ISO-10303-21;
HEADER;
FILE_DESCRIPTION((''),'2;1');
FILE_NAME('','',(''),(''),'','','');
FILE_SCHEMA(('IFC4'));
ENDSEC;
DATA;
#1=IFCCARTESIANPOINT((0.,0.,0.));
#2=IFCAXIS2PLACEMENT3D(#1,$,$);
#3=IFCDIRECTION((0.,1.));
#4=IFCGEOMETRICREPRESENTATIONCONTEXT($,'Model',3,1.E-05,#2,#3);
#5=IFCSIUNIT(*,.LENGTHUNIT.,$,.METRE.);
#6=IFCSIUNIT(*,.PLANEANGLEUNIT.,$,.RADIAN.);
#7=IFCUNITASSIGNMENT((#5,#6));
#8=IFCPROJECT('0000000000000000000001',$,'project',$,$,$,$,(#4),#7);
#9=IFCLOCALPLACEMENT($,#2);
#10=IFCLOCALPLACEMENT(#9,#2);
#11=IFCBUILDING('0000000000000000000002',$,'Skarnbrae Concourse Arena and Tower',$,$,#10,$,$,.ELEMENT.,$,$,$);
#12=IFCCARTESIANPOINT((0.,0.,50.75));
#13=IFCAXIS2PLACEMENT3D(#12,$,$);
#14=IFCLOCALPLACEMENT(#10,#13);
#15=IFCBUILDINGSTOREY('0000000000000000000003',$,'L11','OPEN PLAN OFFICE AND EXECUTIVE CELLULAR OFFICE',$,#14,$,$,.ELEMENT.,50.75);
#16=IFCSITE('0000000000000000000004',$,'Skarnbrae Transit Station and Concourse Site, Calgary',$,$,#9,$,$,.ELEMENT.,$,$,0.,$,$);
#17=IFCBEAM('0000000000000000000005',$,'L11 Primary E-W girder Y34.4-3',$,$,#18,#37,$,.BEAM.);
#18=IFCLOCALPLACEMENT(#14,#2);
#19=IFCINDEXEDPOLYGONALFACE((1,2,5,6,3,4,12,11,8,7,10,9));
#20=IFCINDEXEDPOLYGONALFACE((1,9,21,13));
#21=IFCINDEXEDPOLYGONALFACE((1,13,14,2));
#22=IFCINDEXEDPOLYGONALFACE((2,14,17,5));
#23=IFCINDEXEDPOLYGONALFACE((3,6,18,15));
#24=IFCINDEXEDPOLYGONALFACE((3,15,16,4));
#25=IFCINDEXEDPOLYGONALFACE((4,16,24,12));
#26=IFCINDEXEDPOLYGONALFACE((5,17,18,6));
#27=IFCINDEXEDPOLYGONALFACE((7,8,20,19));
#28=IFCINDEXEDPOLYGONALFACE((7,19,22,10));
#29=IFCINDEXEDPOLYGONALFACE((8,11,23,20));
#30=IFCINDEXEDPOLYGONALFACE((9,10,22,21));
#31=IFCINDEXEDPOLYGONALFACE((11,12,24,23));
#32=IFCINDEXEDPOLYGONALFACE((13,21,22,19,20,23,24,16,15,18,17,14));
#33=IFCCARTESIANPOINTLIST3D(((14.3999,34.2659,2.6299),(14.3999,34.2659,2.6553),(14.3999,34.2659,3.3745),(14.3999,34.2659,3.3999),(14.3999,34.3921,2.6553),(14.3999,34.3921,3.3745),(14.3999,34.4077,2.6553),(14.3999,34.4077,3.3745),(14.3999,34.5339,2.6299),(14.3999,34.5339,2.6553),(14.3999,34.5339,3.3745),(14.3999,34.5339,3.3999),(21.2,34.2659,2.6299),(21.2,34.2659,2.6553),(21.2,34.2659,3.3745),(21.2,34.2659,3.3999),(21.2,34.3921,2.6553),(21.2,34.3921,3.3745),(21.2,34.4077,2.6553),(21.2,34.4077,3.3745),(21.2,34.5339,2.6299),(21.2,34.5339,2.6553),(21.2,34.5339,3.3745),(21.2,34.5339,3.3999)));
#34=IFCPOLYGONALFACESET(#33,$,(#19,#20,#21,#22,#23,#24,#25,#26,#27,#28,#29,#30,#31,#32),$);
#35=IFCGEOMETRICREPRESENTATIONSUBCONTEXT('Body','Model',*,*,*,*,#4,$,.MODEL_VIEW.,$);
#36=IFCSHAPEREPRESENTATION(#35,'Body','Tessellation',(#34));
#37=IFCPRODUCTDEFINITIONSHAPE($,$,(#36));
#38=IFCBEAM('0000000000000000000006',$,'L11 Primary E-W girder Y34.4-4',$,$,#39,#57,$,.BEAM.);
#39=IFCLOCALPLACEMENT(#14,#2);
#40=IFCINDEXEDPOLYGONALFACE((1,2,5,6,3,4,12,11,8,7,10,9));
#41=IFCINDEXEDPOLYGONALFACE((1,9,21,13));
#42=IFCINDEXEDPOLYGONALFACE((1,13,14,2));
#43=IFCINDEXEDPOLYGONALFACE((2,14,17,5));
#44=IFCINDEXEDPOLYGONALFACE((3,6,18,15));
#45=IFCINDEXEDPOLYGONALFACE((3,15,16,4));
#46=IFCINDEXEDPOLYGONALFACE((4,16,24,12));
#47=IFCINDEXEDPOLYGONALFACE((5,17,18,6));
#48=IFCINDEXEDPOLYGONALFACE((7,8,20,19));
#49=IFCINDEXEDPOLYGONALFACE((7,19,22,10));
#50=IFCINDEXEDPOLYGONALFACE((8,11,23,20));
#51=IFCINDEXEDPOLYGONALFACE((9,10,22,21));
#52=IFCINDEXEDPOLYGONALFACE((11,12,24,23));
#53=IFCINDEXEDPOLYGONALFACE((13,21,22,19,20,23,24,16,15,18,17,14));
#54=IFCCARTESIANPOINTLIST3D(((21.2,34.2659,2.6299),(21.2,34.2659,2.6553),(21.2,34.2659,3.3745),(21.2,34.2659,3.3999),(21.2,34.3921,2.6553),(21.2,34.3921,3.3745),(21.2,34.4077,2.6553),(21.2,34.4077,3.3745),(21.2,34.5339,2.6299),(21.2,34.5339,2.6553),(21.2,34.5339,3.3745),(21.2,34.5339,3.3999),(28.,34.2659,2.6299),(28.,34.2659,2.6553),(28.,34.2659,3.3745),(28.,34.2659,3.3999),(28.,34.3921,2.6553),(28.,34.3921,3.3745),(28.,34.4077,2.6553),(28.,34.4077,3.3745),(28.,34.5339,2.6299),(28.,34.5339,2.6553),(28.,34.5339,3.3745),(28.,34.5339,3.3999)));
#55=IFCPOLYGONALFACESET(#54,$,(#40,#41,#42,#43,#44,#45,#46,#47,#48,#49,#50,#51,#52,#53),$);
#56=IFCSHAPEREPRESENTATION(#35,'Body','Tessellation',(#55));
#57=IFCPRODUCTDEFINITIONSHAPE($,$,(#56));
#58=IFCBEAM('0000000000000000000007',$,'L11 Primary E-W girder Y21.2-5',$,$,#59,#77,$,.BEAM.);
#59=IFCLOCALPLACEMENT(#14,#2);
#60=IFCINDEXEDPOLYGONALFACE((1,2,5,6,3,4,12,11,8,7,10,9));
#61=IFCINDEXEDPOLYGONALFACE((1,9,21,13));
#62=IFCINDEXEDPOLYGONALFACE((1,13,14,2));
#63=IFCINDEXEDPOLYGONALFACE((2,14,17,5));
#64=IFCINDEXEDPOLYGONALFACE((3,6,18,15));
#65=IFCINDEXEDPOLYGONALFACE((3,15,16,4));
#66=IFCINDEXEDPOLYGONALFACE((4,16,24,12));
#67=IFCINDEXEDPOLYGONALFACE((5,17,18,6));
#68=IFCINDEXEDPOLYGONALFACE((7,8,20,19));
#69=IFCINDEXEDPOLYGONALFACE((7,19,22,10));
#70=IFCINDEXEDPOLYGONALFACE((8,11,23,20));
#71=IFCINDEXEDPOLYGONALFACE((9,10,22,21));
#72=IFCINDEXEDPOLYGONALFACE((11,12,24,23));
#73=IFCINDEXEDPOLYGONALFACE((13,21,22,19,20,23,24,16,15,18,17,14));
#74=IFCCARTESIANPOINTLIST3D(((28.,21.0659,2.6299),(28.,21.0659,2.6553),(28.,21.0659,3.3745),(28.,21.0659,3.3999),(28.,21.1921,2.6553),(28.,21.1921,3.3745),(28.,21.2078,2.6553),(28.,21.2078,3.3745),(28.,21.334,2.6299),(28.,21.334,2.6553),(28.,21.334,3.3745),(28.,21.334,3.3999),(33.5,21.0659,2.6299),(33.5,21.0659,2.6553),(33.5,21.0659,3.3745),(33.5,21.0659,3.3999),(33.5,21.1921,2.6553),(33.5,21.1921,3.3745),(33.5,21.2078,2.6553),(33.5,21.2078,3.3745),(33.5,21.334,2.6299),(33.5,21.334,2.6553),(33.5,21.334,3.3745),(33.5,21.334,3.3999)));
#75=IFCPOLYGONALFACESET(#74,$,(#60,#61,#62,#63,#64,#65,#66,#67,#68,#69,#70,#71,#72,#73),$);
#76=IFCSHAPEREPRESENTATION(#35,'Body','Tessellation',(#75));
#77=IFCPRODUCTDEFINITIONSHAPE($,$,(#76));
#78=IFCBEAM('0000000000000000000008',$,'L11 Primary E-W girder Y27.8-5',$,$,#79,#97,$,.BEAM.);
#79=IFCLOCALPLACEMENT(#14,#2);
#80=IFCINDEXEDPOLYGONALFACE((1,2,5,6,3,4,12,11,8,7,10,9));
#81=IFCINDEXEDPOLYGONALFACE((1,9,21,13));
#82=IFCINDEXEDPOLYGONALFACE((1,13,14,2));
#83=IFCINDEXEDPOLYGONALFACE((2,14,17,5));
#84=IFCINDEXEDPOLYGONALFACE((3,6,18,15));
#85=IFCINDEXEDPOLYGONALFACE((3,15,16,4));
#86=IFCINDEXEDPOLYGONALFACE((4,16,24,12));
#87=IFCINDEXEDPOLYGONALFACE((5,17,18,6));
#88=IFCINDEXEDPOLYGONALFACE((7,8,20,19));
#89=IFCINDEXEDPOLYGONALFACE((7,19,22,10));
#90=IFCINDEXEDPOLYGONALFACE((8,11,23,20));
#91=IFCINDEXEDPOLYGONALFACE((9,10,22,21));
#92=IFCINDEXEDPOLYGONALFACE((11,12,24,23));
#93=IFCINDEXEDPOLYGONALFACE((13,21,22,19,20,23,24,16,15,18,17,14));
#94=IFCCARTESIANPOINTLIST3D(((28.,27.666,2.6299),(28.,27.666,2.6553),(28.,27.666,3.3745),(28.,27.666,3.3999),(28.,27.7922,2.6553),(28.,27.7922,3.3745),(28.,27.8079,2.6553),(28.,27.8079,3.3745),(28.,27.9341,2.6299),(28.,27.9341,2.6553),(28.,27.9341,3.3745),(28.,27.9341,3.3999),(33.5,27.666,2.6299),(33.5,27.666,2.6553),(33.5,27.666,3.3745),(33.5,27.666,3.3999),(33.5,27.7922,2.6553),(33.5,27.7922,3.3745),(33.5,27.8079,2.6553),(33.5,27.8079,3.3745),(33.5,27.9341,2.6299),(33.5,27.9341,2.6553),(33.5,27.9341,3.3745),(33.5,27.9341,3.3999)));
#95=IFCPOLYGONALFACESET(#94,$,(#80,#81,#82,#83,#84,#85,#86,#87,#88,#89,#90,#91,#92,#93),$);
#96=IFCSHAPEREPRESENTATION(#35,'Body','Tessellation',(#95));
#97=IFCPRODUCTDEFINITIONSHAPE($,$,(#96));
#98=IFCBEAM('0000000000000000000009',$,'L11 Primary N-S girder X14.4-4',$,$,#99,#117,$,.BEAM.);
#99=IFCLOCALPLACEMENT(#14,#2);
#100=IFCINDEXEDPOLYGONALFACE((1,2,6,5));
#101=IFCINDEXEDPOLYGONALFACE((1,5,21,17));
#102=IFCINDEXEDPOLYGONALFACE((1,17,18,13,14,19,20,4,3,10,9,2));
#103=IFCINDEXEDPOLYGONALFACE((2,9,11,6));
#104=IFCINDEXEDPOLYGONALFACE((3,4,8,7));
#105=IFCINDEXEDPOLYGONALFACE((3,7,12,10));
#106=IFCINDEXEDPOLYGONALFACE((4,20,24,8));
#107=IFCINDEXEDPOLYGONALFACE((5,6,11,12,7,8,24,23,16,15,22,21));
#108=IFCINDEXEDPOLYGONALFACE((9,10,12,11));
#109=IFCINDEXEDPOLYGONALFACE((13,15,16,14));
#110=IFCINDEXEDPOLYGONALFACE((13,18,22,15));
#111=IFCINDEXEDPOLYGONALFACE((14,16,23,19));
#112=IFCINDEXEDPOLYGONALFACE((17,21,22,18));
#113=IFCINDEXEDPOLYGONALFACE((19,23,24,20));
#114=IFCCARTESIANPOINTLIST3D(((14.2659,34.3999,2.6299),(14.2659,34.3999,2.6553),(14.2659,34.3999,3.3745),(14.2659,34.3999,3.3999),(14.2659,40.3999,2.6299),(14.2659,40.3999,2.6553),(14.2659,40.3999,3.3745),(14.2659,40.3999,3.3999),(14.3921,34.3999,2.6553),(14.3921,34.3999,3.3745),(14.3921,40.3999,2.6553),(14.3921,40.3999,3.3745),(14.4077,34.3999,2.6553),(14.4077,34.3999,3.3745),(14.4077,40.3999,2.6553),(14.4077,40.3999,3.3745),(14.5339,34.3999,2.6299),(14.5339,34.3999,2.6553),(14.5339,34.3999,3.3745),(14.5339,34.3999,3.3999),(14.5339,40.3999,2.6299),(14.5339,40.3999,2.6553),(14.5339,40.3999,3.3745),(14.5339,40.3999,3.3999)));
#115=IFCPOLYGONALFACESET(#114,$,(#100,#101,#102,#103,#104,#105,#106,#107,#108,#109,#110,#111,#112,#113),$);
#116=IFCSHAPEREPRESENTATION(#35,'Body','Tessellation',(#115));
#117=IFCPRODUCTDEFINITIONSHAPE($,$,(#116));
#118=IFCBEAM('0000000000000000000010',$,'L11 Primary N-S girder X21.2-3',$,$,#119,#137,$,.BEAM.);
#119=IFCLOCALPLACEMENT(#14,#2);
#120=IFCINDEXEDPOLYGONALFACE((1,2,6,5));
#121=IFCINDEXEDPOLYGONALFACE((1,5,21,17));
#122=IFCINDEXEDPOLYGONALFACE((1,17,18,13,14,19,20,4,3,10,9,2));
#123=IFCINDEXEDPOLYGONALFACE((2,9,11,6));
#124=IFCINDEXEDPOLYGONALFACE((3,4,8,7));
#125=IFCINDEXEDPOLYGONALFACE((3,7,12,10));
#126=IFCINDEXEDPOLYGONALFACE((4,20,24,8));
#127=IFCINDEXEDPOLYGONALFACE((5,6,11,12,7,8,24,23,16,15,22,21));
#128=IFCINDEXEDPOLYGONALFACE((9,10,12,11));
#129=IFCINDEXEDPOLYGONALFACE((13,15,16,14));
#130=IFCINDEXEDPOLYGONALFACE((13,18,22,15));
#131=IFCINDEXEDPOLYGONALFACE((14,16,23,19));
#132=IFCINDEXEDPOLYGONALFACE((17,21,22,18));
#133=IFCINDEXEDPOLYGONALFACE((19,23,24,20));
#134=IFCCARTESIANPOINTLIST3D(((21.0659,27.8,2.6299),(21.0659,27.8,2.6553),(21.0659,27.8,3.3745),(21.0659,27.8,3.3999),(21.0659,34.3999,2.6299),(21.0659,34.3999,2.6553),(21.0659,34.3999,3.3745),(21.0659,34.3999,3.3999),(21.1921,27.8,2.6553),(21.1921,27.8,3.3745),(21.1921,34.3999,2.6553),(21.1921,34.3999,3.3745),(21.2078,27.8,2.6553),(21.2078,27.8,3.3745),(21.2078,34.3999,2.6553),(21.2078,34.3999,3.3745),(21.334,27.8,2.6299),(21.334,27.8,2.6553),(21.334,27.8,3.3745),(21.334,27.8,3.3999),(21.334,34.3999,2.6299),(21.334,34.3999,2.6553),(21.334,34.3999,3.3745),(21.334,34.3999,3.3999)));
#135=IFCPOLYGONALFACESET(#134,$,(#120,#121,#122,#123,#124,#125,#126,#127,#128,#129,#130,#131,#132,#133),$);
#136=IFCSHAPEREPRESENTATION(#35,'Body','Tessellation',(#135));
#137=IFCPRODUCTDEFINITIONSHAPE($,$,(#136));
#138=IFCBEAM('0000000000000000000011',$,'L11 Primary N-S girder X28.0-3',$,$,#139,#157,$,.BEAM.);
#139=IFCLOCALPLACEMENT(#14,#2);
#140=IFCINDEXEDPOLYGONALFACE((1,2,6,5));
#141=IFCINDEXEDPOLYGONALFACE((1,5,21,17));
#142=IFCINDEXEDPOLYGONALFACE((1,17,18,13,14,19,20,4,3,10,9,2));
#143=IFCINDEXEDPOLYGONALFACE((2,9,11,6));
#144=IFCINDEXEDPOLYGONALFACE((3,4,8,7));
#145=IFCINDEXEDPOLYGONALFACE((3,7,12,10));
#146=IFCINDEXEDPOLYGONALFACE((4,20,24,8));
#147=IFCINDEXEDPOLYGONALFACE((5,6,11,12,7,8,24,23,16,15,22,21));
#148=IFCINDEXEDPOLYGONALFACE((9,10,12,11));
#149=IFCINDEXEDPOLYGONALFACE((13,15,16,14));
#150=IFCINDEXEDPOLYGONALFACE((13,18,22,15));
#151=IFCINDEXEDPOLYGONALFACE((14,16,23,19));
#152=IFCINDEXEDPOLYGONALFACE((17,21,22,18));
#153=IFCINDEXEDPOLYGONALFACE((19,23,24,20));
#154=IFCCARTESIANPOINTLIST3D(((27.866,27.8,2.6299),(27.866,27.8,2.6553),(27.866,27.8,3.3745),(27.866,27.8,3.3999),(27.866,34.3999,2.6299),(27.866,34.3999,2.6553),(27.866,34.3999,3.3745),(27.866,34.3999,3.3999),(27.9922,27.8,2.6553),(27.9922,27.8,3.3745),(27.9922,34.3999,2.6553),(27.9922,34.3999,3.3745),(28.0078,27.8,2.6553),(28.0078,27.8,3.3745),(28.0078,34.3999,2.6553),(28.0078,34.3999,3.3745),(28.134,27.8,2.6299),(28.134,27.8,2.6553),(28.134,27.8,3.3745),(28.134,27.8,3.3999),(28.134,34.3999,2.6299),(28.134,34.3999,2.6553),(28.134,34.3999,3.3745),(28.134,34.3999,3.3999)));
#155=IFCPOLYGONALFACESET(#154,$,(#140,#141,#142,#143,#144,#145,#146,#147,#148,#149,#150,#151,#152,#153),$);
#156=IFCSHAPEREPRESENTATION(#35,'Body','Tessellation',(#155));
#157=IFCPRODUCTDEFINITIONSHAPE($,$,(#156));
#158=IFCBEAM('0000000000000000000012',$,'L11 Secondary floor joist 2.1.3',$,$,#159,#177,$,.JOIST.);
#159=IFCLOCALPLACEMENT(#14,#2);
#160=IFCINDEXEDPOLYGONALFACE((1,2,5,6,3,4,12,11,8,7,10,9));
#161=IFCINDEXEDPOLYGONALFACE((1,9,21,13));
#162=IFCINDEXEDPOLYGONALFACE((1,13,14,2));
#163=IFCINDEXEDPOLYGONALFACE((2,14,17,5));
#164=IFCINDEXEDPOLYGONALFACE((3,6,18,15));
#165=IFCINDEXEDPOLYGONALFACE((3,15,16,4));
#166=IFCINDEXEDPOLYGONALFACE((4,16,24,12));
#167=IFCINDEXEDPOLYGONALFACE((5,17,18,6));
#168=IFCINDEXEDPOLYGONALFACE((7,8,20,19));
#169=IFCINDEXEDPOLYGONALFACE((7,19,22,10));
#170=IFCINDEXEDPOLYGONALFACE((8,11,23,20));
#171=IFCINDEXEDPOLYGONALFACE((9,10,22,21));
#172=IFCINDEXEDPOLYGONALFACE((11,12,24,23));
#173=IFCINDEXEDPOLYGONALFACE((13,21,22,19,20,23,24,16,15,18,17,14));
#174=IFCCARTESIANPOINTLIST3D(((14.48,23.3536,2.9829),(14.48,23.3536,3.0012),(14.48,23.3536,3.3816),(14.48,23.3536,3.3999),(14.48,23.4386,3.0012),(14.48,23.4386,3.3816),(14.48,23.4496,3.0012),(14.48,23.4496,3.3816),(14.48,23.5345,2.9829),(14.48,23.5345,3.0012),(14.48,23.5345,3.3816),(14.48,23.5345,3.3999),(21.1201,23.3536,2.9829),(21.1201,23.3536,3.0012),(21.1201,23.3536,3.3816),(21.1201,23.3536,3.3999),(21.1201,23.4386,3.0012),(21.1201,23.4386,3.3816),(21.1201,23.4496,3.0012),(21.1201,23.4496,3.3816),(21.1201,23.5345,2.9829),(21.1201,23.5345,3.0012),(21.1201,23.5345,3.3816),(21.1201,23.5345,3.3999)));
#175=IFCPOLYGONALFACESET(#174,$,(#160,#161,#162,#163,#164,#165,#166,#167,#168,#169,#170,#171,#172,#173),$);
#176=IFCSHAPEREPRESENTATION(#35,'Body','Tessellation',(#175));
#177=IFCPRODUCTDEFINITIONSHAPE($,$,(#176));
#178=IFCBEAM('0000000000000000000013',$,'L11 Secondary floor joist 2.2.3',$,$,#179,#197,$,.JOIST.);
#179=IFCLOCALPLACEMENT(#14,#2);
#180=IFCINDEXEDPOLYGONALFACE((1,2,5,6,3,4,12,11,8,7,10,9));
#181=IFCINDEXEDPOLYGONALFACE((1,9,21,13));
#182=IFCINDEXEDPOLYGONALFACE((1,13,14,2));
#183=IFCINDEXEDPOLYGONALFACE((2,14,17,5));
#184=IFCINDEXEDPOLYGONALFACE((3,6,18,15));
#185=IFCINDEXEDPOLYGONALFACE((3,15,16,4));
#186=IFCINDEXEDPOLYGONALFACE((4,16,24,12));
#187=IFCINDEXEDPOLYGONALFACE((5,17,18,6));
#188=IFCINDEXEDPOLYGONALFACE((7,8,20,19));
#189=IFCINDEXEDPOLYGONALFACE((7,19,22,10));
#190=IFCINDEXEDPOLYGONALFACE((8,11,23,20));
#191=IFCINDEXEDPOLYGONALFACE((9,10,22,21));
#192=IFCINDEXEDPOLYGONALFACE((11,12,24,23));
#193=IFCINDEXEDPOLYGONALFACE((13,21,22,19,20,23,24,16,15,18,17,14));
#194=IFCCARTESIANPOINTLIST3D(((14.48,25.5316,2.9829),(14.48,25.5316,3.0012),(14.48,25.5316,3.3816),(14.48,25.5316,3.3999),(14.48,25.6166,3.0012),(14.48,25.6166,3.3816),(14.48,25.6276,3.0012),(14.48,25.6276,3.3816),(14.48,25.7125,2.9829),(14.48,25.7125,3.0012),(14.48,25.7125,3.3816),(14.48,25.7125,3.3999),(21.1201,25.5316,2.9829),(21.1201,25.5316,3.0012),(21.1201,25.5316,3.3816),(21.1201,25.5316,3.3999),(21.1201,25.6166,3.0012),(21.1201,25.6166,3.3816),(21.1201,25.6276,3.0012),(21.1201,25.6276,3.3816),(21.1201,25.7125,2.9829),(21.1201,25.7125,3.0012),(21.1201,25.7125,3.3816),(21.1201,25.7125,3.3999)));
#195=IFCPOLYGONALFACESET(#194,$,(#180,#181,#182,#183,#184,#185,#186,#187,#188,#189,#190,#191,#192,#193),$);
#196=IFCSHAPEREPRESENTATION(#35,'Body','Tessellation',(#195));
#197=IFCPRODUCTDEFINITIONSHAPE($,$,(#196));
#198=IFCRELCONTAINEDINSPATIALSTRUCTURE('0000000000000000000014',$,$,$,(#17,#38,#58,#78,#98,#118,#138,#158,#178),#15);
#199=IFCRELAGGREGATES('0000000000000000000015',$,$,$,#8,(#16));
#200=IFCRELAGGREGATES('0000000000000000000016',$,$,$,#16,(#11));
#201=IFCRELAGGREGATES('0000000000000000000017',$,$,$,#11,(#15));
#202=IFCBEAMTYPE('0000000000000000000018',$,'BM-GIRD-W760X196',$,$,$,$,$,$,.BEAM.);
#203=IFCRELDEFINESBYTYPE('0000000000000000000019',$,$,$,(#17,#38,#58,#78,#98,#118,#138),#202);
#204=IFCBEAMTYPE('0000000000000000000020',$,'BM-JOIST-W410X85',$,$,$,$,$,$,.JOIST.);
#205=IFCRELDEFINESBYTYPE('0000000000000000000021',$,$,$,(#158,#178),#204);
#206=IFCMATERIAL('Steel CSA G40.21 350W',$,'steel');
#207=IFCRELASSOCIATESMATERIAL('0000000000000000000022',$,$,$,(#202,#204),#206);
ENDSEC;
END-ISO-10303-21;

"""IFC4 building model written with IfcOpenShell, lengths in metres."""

from ifc_helpers import new_model, si_unit, direction, frame, origin, origin_2d, place, context, subcontext, project, spatial, i_section, extrude, source, transform, mapped, material, material_profile, profile_set, type_object, element, save


model = new_model("IFC4")

# Units and contexts
model_context = context("Model", 3, precision=1e-05, world=origin(), true_north=direction((0.0, 1.0)))
body_context = subcontext(model_context, "Body", "Model", "MODEL_VIEW")
ifc_project = project(units=[si_unit("LENGTHUNIT", "METRE"), si_unit("PLANEANGLEUNIT", "RADIAN")], contexts=[model_context])

# Site, building, storey
site_placement = place(None, origin())
site = spatial("IfcSite", under=ifc_project, at=site_placement, Name="Skarnbrae Transit Station and Concourse Site, Calgary", CompositionType="ELEMENT", RefElevation=0.0)
building_placement = place(site_placement, origin())
building = spatial("IfcBuilding", under=site, at=building_placement, Name="Skarnbrae Concourse Arena and Tower", CompositionType="ELEMENT")
storey_placement = place(building_placement, frame((0.0, 0.0, 50.75)))
storey = spatial("IfcBuildingStorey", under=building, at=storey_placement, Name="L11", Description="OPEN PLAN OFFICE AND EXECUTIVE CELLULAR OFFICE", CompositionType="ELEMENT", Elevation=50.75)

# Shared definitions
ifc_material_1 = material(Name="Steel CSA G40.21 350W", Category="steel")

# Beams
ifc_material_profile_1 = material_profile(ifc_material_1, i_section(OverallWidth=0.2681, OverallDepth=0.77, WebThickness=0.0156, FlangeThickness=0.0254, at=origin_2d()), Name="W760X196")
ifc_profile_set_1 = profile_set([ifc_material_profile_1], Name="Steel CSA G40.21 350W")
beam_type_1 = type_object("IfcBeamType", Name="BM-GIRD-W760X196", PredefinedType="BEAM", material=ifc_profile_set_1)
shared_shape_1 = source(origin(), body_context, "Body", "SweptSolid", [
    extrude(i_section(OverallWidth=0.2681, OverallDepth=0.77, WebThickness=0.0156, FlangeThickness=0.0254, at=origin_2d()), origin(), (0.0, 0.0, 1.0), 6.8),
])
for number, where, z_axis, x_axis, name in (
    (1, (14.3999, 34.3999, 3.0149), (1.0, 0.0, 0.0), (0.0, 1.0, 0.0), "L11 Primary E-W girder Y34.4-3"),
    (2, (21.2, 34.3999, 3.0149), (1.0, 0.0, 0.0), (0.0, 1.0, 0.0), "L11 Primary E-W girder Y34.4-4"),
):
    element("IfcBeam", number, at=place(storey_placement, frame(where, z_axis=z_axis, x_axis=x_axis)), inside=storey, type_object=beam_type_1, Name=name, PredefinedType="BEAM", context=body_context, shape_type="MappedRepresentation", body=[
        mapped(shared_shape_1, transform((0.0, 0.0, 0.0))),
    ])
shared_shape_2 = source(origin(), body_context, "Body", "SweptSolid", [
    extrude(i_section(OverallWidth=0.2681, OverallDepth=0.77, WebThickness=0.0156, FlangeThickness=0.0254, at=origin_2d()), origin(), (0.0, 0.0, 1.0), 5.5),
])
for number, where, z_axis, x_axis, name in (
    (3, (28.0, 21.2, 3.0149), (1.0, 0.0, 0.0), (0.0, 1.0, 0.0), "L11 Primary E-W girder Y21.2-5"),
    (4, (28.0, 27.8, 3.0149), (1.0, 0.0, 0.0), (0.0, 1.0, 0.0), "L11 Primary E-W girder Y27.8-5"),
):
    element("IfcBeam", number, at=place(storey_placement, frame(where, z_axis=z_axis, x_axis=x_axis)), inside=storey, type_object=beam_type_1, Name=name, PredefinedType="BEAM", context=body_context, shape_type="MappedRepresentation", body=[
        mapped(shared_shape_2, transform((0.0, 0.0, 0.0))),
    ])
shared_shape_3 = source(origin(), body_context, "Body", "SweptSolid", [
    extrude(i_section(OverallWidth=0.2681, OverallDepth=0.77, WebThickness=0.0156, FlangeThickness=0.0254, at=origin_2d()), origin(), (0.0, 0.0, 1.0), 6.0),
])
beam_placement = place(storey_placement, frame((14.3999, 34.3999, 3.0149), z_axis=(0.0, 1.0, 0.0), x_axis=(-1.0, 0.0, 0.0)))
element("IfcBeam", 5, at=beam_placement, inside=storey, type_object=beam_type_1, Name="L11 Primary N-S girder X14.4-4", PredefinedType="BEAM", context=body_context, shape_type="MappedRepresentation", body=[
    mapped(shared_shape_3, transform((0.0, 0.0, 0.0))),
])
shared_shape_4 = source(origin(), body_context, "Body", "SweptSolid", [
    extrude(i_section(OverallWidth=0.2681, OverallDepth=0.77, WebThickness=0.0156, FlangeThickness=0.0254, at=origin_2d()), origin(), (0.0, 0.0, 1.0), 6.5999),
])
for number, where, z_axis, x_axis, name in (
    (6, (21.2, 27.8, 3.0149), (0.0, 1.0, 0.0), (-1.0, 0.0, 0.0), "L11 Primary N-S girder X21.2-3"),
    (7, (28.0, 27.8, 3.0149), (0.0, 1.0, 0.0), (-1.0, 0.0, 0.0), "L11 Primary N-S girder X28.0-3"),
):
    element("IfcBeam", number, at=place(storey_placement, frame(where, z_axis=z_axis, x_axis=x_axis)), inside=storey, type_object=beam_type_1, Name=name, PredefinedType="BEAM", context=body_context, shape_type="MappedRepresentation", body=[
        mapped(shared_shape_4, transform((0.0, 0.0, 0.0))),
    ])
ifc_material_profile_2 = material_profile(ifc_material_1, i_section(OverallWidth=0.1809, OverallDepth=0.417, WebThickness=0.011, FlangeThickness=0.0183, at=origin_2d()), Name="W410X85")
ifc_profile_set_2 = profile_set([ifc_material_profile_2], Name="Steel CSA G40.21 350W")
beam_type_2 = type_object("IfcBeamType", Name="BM-JOIST-W410X85", PredefinedType="JOIST", material=ifc_profile_set_2)
shared_shape_5 = source(origin(), body_context, "Body", "SweptSolid", [
    extrude(i_section(OverallWidth=0.1809, OverallDepth=0.417, WebThickness=0.011, FlangeThickness=0.0183, at=origin_2d()), origin(), (0.0, 0.0, 1.0), 6.6401),
])
for number, where, z_axis, x_axis, name in (
    (8, (14.48, 23.4441, 3.1914), (1.0, 0.0, 0.0), (0.0, 1.0, 0.0), "L11 Secondary floor joist 2.1.3"),
    (9, (14.48, 25.6221, 3.1914), (1.0, 0.0, 0.0), (0.0, 1.0, 0.0), "L11 Secondary floor joist 2.2.3"),
):
    element("IfcBeam", number, at=place(storey_placement, frame(where, z_axis=z_axis, x_axis=x_axis)), inside=storey, type_object=beam_type_2, Name=name, PredefinedType="JOIST", context=body_context, shape_type="MappedRepresentation", body=[
        mapped(shared_shape_5, transform((0.0, 0.0, 0.0))),
    ])

save(model, "model.ifc")
